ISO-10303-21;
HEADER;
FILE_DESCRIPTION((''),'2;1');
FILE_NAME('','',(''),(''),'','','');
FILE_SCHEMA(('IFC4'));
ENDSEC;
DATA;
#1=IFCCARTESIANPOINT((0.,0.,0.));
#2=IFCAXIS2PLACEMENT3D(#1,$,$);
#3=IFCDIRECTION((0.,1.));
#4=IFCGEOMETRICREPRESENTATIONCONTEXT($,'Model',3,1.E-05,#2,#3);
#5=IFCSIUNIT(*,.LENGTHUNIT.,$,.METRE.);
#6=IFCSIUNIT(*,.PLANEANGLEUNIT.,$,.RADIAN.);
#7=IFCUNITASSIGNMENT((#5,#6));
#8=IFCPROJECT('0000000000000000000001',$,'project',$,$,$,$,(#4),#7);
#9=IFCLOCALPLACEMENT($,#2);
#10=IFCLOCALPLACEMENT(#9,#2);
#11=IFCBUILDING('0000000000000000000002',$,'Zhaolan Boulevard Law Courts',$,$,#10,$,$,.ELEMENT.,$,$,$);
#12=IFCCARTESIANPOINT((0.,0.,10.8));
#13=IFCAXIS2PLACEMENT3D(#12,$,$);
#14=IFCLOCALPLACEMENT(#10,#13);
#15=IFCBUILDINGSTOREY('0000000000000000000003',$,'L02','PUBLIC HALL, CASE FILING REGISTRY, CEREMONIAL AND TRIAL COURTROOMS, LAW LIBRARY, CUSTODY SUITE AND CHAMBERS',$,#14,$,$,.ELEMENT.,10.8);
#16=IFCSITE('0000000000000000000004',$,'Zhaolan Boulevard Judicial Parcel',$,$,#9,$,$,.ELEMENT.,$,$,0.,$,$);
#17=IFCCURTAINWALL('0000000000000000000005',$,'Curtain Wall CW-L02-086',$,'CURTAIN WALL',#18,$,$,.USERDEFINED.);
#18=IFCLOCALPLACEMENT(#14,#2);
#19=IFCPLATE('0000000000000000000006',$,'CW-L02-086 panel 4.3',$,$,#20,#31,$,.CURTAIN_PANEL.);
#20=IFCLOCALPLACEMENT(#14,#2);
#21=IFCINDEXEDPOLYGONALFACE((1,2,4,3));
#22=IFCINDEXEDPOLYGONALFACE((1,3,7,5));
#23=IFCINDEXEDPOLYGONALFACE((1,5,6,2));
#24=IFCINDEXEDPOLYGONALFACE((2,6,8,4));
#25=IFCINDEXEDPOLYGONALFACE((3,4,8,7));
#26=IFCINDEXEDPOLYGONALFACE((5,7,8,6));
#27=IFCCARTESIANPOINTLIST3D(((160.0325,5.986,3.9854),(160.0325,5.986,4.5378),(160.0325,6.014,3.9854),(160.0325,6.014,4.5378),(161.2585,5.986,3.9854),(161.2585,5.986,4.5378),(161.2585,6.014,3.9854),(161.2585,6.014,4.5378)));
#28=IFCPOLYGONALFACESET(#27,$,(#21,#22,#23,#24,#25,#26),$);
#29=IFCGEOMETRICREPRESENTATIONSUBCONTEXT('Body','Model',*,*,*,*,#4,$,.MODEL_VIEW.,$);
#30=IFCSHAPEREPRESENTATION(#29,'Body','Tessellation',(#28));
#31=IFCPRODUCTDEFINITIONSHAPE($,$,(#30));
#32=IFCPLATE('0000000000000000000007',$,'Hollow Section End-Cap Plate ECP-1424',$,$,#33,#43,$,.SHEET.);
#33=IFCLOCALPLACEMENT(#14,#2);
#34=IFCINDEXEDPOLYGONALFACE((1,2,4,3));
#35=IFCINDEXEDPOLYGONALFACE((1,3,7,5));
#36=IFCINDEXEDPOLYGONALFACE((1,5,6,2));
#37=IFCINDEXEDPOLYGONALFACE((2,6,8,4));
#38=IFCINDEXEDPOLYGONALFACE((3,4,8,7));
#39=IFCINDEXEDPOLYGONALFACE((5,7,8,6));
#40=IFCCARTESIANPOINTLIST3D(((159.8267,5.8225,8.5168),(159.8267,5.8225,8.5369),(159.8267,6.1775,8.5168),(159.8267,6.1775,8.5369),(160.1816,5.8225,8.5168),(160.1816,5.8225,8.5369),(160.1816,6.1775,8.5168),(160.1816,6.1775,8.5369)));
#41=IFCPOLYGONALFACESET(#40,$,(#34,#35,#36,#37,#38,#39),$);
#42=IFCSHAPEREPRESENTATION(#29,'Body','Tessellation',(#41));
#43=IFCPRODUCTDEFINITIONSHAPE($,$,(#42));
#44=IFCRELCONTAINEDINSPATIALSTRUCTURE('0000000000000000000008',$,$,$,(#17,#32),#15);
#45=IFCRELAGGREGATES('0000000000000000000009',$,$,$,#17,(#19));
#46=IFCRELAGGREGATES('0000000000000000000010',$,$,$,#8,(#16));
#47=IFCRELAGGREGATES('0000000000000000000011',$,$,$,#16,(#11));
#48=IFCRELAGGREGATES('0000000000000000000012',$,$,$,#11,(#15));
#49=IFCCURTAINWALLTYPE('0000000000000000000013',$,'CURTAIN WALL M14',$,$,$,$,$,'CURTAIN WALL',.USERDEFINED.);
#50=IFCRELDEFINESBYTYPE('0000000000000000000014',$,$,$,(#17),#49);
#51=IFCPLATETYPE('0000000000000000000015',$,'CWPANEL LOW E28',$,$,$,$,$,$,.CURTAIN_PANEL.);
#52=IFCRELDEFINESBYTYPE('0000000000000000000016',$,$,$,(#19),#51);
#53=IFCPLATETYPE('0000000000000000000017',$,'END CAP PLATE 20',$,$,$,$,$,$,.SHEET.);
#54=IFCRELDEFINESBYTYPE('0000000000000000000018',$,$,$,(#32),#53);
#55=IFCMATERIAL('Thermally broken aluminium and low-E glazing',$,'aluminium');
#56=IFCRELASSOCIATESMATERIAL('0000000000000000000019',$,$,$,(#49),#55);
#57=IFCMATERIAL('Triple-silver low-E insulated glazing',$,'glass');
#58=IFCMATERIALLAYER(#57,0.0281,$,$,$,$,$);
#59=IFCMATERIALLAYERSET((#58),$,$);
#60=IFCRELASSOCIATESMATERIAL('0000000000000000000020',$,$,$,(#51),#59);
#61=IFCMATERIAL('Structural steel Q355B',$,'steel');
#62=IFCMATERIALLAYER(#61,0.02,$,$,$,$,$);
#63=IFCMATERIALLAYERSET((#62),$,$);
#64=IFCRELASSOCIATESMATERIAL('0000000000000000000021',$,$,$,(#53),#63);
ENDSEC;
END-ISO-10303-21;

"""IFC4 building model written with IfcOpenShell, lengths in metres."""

from ifc_helpers import new_model, si_unit, direction, frame, origin, origin_2d, place, context, subcontext, project, spatial, rectangle, extrude, material, layer, layer_set, type_object, element, aggregate, save


model = new_model("IFC4")

# Units and contexts
model_context = context("Model", 3, precision=1e-05, world=origin(), true_north=direction((0.0, 1.0)))
body_context = subcontext(model_context, "Body", "Model", "MODEL_VIEW")
ifc_project = project(units=[si_unit("LENGTHUNIT", "METRE"), si_unit("PLANEANGLEUNIT", "RADIAN")], contexts=[model_context])

# Site, building, storey
site_placement = place(None, origin())
site = spatial("IfcSite", under=ifc_project, at=site_placement, Name="Zhaolan Boulevard Judicial Parcel", CompositionType="ELEMENT", RefElevation=0.0)
building_placement = place(site_placement, origin())
building = spatial("IfcBuilding", under=site, at=building_placement, Name="Zhaolan Boulevard Law Courts", CompositionType="ELEMENT")
storey_placement = place(building_placement, frame((0.0, 0.0, 10.8)))
storey = spatial("IfcBuildingStorey", under=building, at=storey_placement, Name="L02", Description="PUBLIC HALL, CASE FILING REGISTRY, CEREMONIAL AND TRIAL COURTROOMS, LAW LIBRARY, CUSTODY SUITE AND CHAMBERS", CompositionType="ELEMENT", Elevation=10.8)

# Curtain wall
ifc_material_1 = material(Name="Thermally broken aluminium and low-E glazing", Category="aluminium")
curtain_wall_type = type_object("IfcCurtainWallType", Name="CURTAIN WALL M14", ElementType="CURTAIN WALL", PredefinedType="USERDEFINED", material=ifc_material_1)
curtain_wall_placement = place(storey_placement, origin())
curtain_wall = element("IfcCurtainWall", 1, at=curtain_wall_placement, inside=storey, type_object=curtain_wall_type, Name="Curtain Wall CW-L02-086", ObjectType="CURTAIN WALL", PredefinedType="USERDEFINED")

# Plates
ifc_material_2 = material(Name="Triple-silver low-E insulated glazing", Category="glass")
ifc_layer_1 = layer(ifc_material_2, 0.0281)
ifc_layer_set_1 = layer_set([ifc_layer_1])
plate_type_1 = type_object("IfcPlateType", Name="CWPANEL LOW E28", PredefinedType="CURTAIN_PANEL", material=ifc_layer_set_1)
plate_1_placement = place(storey_placement, frame((160.6455, 6.0, 3.9854), z_axis=(0.0, 0.0, 1.0), x_axis=(1.0, 0.0, 0.0)))
plate_1 = element("IfcPlate", 2, at=plate_1_placement, type_object=plate_type_1, Name="CW-L02-086 panel 4.3", PredefinedType="CURTAIN_PANEL", context=body_context, shape_type="SweptSolid", body=[
    extrude(rectangle(XDim=1.2261, YDim=0.0281, at=origin_2d()), origin(), (0.0, 0.0, 1.0), 0.5525),
])
aggregate(curtain_wall, [plate_1])
ifc_material_3 = material(Name="Structural steel Q355B", Category="steel")
ifc_layer_2 = layer(ifc_material_3, 0.02)
ifc_layer_set_2 = layer_set([ifc_layer_2])
plate_type_2 = type_object("IfcPlateType", Name="END CAP PLATE 20", PredefinedType="SHEET", material=ifc_layer_set_2)
plate_2_placement = place(storey_placement, frame((160.0042, 6.0, 8.5168), z_axis=(0.0, 0.0, 1.0), x_axis=(1.0, 0.0, 0.0)))
element("IfcPlate", 3, at=plate_2_placement, inside=storey, type_object=plate_type_2, Name="Hollow Section End-Cap Plate ECP-1424", PredefinedType="SHEET", context=body_context, shape_type="SweptSolid", body=[
    extrude(rectangle(XDim=0.355, YDim=0.355, at=origin_2d()), origin(), (0.0, 0.0, 1.0), 0.02),
])

save(model, "model.ifc")
